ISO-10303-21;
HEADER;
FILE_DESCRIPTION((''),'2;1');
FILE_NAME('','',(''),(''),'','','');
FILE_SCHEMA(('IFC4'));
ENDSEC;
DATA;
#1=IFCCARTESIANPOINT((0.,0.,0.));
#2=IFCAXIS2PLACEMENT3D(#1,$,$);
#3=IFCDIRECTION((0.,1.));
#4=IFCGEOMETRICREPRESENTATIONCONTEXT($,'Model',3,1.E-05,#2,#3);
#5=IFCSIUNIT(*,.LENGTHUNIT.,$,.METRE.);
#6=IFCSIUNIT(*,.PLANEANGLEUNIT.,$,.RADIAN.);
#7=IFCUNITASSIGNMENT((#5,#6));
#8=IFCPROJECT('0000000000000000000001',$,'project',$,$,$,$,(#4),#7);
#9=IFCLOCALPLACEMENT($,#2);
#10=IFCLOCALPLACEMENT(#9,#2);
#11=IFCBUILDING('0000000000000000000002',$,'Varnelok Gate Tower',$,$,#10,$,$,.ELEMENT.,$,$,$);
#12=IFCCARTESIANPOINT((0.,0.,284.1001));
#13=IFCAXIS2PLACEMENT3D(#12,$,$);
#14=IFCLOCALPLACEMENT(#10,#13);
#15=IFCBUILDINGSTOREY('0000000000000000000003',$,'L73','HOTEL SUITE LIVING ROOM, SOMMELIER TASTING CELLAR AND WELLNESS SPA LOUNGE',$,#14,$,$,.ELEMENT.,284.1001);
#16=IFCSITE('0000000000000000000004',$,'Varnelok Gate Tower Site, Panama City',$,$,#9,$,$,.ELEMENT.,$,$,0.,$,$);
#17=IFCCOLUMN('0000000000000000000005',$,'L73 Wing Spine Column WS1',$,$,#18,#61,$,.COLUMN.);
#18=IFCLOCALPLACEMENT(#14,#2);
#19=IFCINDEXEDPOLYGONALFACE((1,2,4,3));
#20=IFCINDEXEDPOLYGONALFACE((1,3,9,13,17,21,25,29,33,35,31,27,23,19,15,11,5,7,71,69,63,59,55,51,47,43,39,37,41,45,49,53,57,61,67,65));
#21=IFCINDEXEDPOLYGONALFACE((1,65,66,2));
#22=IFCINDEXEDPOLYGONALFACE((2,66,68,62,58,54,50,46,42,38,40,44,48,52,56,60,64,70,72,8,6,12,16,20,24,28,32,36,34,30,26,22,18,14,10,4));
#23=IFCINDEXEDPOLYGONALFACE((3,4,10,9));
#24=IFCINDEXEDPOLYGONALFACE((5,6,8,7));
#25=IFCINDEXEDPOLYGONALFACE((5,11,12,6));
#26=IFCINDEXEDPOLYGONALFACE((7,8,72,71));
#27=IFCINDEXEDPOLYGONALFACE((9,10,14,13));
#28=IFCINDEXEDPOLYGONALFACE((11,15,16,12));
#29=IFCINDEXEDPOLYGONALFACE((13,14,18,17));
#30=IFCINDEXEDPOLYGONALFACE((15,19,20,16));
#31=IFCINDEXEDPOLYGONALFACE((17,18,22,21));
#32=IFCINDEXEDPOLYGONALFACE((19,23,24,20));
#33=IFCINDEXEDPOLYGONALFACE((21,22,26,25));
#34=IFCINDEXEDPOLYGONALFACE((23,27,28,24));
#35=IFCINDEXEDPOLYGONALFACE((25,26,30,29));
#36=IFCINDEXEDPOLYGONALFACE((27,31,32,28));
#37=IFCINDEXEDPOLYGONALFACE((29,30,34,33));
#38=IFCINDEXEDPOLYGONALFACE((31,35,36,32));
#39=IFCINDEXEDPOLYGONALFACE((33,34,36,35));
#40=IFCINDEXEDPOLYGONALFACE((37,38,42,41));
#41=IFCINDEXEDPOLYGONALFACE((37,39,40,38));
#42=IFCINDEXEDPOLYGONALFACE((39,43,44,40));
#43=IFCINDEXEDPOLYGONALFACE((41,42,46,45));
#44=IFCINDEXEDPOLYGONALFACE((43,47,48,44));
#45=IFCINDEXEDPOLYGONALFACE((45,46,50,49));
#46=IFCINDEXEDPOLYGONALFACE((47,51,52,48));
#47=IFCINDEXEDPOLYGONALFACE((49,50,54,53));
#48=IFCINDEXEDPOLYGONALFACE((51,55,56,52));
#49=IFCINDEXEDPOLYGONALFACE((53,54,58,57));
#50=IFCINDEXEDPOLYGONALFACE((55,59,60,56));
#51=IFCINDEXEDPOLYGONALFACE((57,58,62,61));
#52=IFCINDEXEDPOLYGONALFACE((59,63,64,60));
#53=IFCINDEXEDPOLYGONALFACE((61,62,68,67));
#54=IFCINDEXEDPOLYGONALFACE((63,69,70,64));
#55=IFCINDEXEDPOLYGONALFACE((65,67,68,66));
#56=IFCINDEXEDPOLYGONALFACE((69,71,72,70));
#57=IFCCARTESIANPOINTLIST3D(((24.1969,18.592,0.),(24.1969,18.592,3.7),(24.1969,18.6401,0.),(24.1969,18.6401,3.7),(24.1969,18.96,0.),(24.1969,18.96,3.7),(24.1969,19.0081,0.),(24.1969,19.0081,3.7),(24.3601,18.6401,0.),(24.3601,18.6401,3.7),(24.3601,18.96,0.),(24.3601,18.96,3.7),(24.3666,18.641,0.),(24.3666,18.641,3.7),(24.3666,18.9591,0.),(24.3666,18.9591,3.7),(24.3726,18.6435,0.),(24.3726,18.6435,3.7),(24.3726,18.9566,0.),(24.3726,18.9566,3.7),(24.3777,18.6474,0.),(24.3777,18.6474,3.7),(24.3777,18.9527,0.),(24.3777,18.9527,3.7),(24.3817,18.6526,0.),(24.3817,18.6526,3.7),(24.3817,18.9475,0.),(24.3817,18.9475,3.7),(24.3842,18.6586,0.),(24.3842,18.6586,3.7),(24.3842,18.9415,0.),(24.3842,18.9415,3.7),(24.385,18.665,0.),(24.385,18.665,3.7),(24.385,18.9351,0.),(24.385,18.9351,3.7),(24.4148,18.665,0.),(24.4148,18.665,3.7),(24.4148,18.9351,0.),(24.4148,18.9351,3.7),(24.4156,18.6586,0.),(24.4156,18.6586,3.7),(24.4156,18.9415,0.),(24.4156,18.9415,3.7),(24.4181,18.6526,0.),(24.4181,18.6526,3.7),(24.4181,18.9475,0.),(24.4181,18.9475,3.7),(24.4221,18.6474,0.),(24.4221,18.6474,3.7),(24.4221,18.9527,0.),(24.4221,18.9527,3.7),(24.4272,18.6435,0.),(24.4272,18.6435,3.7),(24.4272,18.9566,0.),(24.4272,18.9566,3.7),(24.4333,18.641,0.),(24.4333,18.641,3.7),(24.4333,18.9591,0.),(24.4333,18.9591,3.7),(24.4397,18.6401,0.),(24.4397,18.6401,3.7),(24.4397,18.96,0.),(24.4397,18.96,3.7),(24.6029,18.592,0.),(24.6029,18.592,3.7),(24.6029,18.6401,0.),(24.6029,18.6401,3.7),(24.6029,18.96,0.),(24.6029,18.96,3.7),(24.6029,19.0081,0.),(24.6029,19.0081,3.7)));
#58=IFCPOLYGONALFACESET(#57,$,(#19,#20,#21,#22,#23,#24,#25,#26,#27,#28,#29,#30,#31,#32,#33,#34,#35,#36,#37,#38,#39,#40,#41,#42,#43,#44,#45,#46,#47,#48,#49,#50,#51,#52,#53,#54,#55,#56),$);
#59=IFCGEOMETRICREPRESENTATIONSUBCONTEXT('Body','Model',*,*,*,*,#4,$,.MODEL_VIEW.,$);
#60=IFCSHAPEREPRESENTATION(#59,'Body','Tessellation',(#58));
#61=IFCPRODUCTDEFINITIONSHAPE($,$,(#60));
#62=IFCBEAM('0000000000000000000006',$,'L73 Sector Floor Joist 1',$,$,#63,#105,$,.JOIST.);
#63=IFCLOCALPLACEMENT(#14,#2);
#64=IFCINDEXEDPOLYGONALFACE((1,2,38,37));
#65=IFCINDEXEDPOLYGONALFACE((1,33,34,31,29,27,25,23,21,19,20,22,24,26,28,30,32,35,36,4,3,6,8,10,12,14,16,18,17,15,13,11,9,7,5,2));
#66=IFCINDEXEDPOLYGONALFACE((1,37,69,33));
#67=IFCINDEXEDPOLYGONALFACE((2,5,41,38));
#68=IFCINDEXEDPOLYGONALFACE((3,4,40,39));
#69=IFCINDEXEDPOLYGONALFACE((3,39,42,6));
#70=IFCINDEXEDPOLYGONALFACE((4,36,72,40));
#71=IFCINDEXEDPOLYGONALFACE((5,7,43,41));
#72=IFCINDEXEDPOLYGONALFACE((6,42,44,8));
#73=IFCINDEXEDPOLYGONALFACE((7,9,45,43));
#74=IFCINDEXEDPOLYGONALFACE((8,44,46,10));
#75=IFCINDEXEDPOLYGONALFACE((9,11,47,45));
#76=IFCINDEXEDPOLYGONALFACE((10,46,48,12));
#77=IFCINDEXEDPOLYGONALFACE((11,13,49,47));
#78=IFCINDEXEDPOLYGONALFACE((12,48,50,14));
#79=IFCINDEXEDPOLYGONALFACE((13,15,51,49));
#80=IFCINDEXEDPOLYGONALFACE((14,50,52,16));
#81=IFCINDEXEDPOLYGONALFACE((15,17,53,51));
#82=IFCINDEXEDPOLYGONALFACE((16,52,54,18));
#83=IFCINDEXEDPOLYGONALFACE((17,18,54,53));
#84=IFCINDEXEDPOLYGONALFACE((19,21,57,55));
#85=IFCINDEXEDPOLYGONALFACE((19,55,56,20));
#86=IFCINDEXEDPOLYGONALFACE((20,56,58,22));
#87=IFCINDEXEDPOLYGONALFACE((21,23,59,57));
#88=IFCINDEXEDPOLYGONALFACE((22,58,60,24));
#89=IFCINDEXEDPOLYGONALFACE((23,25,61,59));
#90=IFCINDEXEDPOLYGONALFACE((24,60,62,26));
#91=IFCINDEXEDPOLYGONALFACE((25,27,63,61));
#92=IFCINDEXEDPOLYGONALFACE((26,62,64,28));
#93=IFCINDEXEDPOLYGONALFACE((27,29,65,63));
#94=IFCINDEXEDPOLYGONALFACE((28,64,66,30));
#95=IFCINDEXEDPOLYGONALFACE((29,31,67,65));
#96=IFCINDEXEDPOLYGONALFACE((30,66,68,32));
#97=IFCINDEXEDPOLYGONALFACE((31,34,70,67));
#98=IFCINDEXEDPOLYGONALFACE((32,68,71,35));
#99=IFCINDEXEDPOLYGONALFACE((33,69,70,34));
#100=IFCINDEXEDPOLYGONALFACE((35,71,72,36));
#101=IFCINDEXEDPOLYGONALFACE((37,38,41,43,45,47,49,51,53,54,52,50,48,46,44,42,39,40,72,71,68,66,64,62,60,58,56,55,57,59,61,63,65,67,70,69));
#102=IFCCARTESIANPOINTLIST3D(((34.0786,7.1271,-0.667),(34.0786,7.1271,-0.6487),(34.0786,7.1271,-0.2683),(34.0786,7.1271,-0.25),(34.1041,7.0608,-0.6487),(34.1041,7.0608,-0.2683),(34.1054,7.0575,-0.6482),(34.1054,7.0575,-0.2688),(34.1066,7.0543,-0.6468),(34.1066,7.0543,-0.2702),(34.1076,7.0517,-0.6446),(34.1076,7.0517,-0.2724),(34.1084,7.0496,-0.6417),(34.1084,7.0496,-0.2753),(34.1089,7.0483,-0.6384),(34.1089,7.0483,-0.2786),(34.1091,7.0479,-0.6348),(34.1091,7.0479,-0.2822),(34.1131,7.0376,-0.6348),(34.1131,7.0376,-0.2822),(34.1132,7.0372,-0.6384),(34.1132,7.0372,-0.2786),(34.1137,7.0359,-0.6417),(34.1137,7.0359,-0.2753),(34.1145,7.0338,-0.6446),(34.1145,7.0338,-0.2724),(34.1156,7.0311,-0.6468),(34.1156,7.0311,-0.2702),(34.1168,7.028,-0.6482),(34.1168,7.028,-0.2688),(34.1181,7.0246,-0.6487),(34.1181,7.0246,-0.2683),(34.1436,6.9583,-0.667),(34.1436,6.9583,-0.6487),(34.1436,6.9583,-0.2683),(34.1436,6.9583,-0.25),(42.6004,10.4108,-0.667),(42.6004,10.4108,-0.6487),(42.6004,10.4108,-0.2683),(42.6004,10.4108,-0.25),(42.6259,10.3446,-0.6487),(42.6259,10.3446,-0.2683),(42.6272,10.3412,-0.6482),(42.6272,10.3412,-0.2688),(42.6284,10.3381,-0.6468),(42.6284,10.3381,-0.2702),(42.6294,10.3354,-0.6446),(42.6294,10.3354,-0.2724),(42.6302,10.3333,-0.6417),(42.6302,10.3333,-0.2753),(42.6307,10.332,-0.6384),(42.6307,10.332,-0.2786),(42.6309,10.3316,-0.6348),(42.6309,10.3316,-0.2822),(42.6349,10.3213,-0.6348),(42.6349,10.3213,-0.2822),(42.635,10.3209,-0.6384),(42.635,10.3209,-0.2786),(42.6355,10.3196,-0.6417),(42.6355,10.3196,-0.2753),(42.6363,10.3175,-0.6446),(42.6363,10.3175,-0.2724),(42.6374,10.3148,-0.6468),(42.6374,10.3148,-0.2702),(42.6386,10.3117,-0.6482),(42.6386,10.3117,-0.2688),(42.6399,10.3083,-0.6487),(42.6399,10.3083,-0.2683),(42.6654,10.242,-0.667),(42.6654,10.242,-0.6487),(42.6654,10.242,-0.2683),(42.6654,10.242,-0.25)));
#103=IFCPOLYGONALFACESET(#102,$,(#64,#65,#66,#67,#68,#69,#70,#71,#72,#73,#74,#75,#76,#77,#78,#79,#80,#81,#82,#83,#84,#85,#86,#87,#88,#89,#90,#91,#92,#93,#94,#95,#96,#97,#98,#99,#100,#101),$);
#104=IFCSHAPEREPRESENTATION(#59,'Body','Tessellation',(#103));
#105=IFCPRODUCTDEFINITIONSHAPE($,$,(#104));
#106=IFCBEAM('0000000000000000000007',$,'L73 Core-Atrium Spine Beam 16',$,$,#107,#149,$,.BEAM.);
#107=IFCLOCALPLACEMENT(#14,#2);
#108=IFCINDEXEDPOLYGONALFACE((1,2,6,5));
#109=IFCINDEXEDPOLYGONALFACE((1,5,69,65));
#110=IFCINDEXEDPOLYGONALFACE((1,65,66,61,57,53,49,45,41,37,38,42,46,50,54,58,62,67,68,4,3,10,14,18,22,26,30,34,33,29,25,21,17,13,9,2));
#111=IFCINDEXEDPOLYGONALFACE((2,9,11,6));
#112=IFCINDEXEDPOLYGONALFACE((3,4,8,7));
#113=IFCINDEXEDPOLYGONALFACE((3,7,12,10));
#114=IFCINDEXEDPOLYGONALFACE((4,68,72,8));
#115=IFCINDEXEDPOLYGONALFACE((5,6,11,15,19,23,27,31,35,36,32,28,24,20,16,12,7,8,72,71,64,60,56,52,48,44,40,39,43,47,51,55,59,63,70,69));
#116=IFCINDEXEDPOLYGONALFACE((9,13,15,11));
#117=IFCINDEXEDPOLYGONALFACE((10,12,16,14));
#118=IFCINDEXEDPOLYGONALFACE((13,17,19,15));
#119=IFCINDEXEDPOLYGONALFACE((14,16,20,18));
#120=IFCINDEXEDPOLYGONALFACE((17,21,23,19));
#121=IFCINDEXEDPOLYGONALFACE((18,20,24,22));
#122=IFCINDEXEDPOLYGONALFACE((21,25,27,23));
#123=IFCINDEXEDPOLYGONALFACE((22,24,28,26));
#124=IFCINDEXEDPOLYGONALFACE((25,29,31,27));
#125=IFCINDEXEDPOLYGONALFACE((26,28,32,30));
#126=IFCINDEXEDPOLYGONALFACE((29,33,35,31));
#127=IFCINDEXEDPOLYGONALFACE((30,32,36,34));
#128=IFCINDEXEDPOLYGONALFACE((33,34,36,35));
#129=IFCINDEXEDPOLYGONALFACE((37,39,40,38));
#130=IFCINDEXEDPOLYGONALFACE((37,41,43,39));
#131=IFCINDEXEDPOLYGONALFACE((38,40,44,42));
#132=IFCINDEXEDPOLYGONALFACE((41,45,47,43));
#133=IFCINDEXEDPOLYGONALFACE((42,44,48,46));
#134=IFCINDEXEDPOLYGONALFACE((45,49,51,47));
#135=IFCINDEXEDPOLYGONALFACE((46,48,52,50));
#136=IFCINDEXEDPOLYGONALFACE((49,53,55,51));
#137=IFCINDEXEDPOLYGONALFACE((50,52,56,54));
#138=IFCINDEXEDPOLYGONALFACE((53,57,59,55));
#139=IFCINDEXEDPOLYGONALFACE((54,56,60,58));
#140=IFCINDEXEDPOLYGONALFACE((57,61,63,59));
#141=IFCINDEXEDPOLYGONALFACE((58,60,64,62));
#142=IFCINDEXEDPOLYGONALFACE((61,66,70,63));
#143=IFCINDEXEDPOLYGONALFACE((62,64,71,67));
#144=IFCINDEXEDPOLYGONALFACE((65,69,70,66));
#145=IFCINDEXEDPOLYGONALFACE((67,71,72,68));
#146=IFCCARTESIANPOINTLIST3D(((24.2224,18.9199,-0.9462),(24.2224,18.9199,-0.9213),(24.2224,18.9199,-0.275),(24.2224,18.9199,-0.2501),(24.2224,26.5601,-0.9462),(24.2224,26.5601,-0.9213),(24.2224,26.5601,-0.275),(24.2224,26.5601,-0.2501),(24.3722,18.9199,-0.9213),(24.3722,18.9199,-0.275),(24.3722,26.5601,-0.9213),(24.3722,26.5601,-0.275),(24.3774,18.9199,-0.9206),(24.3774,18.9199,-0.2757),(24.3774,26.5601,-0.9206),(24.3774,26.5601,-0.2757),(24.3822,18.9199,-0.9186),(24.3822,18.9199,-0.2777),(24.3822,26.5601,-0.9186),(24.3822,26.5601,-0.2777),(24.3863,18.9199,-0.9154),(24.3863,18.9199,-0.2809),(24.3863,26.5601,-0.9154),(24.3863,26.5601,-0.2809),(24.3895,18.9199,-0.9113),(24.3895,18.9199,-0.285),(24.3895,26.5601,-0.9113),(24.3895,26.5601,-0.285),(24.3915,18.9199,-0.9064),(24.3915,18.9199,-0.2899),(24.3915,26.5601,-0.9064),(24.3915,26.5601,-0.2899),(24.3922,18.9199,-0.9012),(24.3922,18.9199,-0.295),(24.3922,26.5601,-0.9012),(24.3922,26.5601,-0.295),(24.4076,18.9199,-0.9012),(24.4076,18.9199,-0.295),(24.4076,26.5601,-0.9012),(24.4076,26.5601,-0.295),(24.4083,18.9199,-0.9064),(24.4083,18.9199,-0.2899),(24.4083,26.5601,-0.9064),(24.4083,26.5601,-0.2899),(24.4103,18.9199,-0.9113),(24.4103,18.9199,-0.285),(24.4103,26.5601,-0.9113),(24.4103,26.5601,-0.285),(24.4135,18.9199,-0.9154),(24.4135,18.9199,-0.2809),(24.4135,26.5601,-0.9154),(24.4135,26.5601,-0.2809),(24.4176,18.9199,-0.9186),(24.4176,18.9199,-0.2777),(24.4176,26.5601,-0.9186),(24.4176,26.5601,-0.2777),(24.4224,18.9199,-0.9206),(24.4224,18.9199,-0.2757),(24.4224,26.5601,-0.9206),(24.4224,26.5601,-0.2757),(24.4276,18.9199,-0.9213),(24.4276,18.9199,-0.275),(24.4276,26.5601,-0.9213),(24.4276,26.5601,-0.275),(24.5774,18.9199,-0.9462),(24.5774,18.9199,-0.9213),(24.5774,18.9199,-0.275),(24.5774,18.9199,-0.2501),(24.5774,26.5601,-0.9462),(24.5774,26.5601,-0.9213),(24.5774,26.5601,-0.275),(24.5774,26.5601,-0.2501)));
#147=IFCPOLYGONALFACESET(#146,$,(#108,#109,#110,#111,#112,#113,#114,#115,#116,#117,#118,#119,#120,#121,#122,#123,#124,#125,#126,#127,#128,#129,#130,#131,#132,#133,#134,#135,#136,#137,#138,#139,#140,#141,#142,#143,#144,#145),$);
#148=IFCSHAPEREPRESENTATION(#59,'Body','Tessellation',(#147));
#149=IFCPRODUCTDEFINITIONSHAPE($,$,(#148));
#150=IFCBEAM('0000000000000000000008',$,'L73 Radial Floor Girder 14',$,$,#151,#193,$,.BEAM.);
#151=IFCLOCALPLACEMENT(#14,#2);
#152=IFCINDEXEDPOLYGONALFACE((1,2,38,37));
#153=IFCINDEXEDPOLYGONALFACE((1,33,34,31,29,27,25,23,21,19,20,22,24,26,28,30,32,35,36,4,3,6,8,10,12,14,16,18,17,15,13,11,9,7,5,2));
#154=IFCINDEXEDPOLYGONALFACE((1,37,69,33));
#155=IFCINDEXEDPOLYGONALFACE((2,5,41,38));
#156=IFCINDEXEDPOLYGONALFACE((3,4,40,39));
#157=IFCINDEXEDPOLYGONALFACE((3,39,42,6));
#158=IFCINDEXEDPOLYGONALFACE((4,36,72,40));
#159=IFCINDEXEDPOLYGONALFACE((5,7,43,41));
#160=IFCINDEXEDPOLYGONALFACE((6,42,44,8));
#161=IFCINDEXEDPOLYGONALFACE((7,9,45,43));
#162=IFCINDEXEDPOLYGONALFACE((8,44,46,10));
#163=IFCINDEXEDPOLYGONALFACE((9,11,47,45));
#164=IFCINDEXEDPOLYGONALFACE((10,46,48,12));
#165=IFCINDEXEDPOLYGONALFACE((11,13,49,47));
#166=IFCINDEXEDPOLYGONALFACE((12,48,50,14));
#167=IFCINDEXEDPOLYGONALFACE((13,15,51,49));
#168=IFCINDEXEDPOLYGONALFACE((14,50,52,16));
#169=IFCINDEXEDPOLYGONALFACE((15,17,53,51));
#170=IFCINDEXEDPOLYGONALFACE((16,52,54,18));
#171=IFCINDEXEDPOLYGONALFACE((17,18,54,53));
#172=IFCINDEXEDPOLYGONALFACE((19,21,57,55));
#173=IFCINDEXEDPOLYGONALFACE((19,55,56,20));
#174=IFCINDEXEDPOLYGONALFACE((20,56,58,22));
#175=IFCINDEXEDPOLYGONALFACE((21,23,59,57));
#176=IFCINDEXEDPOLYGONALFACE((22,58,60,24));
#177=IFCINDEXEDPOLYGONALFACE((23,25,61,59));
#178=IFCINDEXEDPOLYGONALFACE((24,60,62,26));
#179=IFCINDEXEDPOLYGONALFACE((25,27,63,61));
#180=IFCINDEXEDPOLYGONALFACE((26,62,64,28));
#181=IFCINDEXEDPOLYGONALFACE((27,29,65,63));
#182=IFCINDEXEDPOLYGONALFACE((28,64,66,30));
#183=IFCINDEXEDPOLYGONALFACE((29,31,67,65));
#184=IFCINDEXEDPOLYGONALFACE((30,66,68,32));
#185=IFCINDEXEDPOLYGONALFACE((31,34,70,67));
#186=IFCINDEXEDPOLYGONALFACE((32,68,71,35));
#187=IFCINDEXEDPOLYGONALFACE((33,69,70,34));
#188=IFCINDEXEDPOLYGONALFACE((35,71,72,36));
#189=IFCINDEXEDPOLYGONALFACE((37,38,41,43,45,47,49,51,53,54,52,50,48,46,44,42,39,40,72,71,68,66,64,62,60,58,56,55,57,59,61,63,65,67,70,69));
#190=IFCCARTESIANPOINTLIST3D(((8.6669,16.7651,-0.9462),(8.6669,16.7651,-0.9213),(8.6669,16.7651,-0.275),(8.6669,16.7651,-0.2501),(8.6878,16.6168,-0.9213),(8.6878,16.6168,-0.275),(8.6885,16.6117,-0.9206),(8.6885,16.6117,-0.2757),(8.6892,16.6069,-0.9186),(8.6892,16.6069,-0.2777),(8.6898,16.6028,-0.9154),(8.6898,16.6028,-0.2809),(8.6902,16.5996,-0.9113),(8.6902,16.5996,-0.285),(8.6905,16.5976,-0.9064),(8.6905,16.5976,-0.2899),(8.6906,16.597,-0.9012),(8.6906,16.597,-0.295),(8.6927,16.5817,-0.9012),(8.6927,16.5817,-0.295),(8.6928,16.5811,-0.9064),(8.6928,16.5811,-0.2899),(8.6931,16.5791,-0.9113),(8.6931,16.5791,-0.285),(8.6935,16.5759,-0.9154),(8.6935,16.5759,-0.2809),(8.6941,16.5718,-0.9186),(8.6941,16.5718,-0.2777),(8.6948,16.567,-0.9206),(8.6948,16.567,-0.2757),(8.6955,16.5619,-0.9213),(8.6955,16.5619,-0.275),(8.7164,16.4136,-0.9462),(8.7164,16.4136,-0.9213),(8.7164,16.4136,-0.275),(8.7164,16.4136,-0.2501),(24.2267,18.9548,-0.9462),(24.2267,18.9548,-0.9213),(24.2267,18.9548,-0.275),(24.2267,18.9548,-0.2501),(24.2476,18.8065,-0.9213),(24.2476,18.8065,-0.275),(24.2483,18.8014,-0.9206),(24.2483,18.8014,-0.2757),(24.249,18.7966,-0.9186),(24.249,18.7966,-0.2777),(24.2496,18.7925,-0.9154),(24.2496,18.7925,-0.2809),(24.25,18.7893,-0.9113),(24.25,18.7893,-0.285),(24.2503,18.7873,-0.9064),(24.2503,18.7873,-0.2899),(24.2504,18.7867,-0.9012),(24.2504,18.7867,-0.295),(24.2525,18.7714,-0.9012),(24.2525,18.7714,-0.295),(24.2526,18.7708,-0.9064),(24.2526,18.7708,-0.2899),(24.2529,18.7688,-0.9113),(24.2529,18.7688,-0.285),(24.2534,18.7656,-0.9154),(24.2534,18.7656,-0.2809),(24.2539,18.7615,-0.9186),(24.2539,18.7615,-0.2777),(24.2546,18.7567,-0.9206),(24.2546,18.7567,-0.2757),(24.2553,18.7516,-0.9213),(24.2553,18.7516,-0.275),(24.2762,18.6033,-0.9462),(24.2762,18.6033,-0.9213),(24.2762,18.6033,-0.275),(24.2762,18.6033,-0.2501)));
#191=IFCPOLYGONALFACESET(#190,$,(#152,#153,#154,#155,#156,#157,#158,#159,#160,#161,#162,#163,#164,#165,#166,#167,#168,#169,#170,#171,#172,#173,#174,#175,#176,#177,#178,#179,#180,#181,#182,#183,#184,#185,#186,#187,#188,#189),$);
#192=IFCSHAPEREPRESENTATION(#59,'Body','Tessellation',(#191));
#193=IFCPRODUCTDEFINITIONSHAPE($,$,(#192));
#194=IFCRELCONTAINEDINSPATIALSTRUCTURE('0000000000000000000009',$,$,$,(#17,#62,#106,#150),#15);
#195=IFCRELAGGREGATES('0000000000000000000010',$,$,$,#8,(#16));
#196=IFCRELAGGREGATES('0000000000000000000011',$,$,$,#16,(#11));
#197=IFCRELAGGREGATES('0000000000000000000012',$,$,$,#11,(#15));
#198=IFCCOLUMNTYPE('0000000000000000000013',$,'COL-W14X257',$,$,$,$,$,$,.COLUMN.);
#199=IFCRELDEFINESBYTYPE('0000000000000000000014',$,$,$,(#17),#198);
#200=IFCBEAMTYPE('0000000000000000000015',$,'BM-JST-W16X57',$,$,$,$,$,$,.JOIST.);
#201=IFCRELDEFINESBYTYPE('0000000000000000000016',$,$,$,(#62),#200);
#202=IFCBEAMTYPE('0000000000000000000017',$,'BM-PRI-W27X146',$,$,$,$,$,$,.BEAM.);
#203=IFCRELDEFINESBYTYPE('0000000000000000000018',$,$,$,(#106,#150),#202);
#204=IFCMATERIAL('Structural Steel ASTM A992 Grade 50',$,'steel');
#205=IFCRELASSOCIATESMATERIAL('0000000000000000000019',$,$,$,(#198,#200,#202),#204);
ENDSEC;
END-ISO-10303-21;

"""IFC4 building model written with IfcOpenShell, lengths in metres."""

from ifc_helpers import new_model, si_unit, direction, frame, origin, origin_2d, place, context, subcontext, project, spatial, i_section, extrude, material, material_profile, profile_set, type_object, element, save


model = new_model("IFC4")

# Units and contexts
model_context = context("Model", 3, precision=1e-05, world=origin(), true_north=direction((0.0, 1.0)))
body_context = subcontext(model_context, "Body", "Model", "MODEL_VIEW")
ifc_project = project(units=[si_unit("LENGTHUNIT", "METRE"), si_unit("PLANEANGLEUNIT", "RADIAN")], contexts=[model_context])

# Site, building, storey
site_placement = place(None, origin())
site = spatial("IfcSite", under=ifc_project, at=site_placement, Name="Varnelok Gate Tower Site, Panama City", CompositionType="ELEMENT", RefElevation=0.0)
building_placement = place(site_placement, origin())
building = spatial("IfcBuilding", under=site, at=building_placement, Name="Varnelok Gate Tower", CompositionType="ELEMENT")
storey_placement = place(building_placement, frame((0.0, 0.0, 284.1001)))
storey = spatial("IfcBuildingStorey", under=building, at=storey_placement, Name="L73", Description="HOTEL SUITE LIVING ROOM, SOMMELIER TASTING CELLAR AND WELLNESS SPA LOUNGE", CompositionType="ELEMENT", Elevation=284.1001)

# Column
ifc_material_1 = material(Name="Structural Steel ASTM A992 Grade 50", Category="steel")
ifc_material_profile_1 = material_profile(ifc_material_1, i_section(OverallWidth=0.406, OverallDepth=0.416, WebThickness=0.0298, FlangeThickness=0.0481, FilletRadius=0.0249, at=origin_2d()), Name="W14X257")
ifc_profile_set_1 = profile_set([ifc_material_profile_1], Name="Structural Steel ASTM A992 Grade 50")
column_type = type_object("IfcColumnType", Name="COL-W14X257", PredefinedType="COLUMN", material=ifc_profile_set_1)
column_placement = place(storey_placement, frame((24.3999, 18.8, 0.0), z_axis=(0.0, 0.0, 1.0), x_axis=(1.0, 0.0, 0.0)))
element("IfcColumn", 1, at=column_placement, inside=storey, type_object=column_type, Name="L73 Wing Spine Column WS1", PredefinedType="COLUMN", context=body_context, shape_type="SweptSolid", body=[
    extrude(i_section(OverallWidth=0.406, OverallDepth=0.416, WebThickness=0.0298, FlangeThickness=0.0481, FilletRadius=0.0249, at=origin_2d()), origin(), (0.0, 0.0, 1.0), 3.7),
])

# Beams
ifc_material_profile_2 = material_profile(ifc_material_1, i_section(OverallWidth=0.1809, OverallDepth=0.417, WebThickness=0.011, FlangeThickness=0.0183, FilletRadius=0.0139, at=origin_2d()), Name="W16X57")
ifc_profile_set_2 = profile_set([ifc_material_profile_2], Name="Structural Steel ASTM A992 Grade 50")
beam_type_1 = type_object("IfcBeamType", Name="BM-JST-W16X57", PredefinedType="JOIST", material=ifc_profile_set_2)
beam_1_placement = place(storey_placement, frame((34.1111, 7.0427, -0.4585), z_axis=(0.933121, 0.359561, 0.0), x_axis=(-0.359561, 0.933121, 0.0)))
element("IfcBeam", 2, at=beam_1_placement, inside=storey, type_object=beam_type_1, Name="L73 Sector Floor Joist 1", PredefinedType="JOIST", context=body_context, shape_type="SweptSolid", body=[
    extrude(i_section(OverallWidth=0.1809, OverallDepth=0.417, WebThickness=0.011, FlangeThickness=0.0183, FilletRadius=0.0139, at=origin_2d()), origin(), (0.0, 0.0, 1.0), 9.1326),
])
ifc_material_profile_3 = material_profile(ifc_material_1, i_section(OverallWidth=0.355, OverallDepth=0.696, WebThickness=0.0154, FlangeThickness=0.0249, FilletRadius=0.02, at=origin_2d()), Name="W27X146")
ifc_profile_set_3 = profile_set([ifc_material_profile_3], Name="Structural Steel ASTM A992 Grade 50")
beam_type_2 = type_object("IfcBeamType", Name="BM-PRI-W27X146", PredefinedType="BEAM", material=ifc_profile_set_3)
beam_2_placement = place(storey_placement, frame((24.3999, 18.9199, -0.5981), z_axis=(0.0, 1.0, 0.0), x_axis=(-1.0, 0.0, 0.0)))
element("IfcBeam", 3, at=beam_2_placement, inside=storey, type_object=beam_type_2, Name="L73 Core-Atrium Spine Beam 16", PredefinedType="BEAM", context=body_context, shape_type="SweptSolid", body=[
    extrude(i_section(OverallWidth=0.355, OverallDepth=0.696, WebThickness=0.0154, FlangeThickness=0.0249, FilletRadius=0.02, at=origin_2d()), origin(), (0.0, 0.0, 1.0), 7.6401),
])
beam_3_placement = place(storey_placement, frame((24.2515, 18.7791, -0.5981), z_axis=(-0.990243, -0.139355, 0.0), x_axis=(0.139355, -0.990243, 0.0)))
element("IfcBeam", 4, at=beam_3_placement, inside=storey, type_object=beam_type_2, Name="L73 Radial Floor Girder 14", PredefinedType="BEAM", context=body_context, shape_type="SweptSolid", body=[
    extrude(i_section(OverallWidth=0.355, OverallDepth=0.696, WebThickness=0.0154, FlangeThickness=0.0249, FilletRadius=0.02, at=origin_2d()), origin(), (0.0, 0.0, 1.0), 15.7131),
])

save(model, "model.ifc")
